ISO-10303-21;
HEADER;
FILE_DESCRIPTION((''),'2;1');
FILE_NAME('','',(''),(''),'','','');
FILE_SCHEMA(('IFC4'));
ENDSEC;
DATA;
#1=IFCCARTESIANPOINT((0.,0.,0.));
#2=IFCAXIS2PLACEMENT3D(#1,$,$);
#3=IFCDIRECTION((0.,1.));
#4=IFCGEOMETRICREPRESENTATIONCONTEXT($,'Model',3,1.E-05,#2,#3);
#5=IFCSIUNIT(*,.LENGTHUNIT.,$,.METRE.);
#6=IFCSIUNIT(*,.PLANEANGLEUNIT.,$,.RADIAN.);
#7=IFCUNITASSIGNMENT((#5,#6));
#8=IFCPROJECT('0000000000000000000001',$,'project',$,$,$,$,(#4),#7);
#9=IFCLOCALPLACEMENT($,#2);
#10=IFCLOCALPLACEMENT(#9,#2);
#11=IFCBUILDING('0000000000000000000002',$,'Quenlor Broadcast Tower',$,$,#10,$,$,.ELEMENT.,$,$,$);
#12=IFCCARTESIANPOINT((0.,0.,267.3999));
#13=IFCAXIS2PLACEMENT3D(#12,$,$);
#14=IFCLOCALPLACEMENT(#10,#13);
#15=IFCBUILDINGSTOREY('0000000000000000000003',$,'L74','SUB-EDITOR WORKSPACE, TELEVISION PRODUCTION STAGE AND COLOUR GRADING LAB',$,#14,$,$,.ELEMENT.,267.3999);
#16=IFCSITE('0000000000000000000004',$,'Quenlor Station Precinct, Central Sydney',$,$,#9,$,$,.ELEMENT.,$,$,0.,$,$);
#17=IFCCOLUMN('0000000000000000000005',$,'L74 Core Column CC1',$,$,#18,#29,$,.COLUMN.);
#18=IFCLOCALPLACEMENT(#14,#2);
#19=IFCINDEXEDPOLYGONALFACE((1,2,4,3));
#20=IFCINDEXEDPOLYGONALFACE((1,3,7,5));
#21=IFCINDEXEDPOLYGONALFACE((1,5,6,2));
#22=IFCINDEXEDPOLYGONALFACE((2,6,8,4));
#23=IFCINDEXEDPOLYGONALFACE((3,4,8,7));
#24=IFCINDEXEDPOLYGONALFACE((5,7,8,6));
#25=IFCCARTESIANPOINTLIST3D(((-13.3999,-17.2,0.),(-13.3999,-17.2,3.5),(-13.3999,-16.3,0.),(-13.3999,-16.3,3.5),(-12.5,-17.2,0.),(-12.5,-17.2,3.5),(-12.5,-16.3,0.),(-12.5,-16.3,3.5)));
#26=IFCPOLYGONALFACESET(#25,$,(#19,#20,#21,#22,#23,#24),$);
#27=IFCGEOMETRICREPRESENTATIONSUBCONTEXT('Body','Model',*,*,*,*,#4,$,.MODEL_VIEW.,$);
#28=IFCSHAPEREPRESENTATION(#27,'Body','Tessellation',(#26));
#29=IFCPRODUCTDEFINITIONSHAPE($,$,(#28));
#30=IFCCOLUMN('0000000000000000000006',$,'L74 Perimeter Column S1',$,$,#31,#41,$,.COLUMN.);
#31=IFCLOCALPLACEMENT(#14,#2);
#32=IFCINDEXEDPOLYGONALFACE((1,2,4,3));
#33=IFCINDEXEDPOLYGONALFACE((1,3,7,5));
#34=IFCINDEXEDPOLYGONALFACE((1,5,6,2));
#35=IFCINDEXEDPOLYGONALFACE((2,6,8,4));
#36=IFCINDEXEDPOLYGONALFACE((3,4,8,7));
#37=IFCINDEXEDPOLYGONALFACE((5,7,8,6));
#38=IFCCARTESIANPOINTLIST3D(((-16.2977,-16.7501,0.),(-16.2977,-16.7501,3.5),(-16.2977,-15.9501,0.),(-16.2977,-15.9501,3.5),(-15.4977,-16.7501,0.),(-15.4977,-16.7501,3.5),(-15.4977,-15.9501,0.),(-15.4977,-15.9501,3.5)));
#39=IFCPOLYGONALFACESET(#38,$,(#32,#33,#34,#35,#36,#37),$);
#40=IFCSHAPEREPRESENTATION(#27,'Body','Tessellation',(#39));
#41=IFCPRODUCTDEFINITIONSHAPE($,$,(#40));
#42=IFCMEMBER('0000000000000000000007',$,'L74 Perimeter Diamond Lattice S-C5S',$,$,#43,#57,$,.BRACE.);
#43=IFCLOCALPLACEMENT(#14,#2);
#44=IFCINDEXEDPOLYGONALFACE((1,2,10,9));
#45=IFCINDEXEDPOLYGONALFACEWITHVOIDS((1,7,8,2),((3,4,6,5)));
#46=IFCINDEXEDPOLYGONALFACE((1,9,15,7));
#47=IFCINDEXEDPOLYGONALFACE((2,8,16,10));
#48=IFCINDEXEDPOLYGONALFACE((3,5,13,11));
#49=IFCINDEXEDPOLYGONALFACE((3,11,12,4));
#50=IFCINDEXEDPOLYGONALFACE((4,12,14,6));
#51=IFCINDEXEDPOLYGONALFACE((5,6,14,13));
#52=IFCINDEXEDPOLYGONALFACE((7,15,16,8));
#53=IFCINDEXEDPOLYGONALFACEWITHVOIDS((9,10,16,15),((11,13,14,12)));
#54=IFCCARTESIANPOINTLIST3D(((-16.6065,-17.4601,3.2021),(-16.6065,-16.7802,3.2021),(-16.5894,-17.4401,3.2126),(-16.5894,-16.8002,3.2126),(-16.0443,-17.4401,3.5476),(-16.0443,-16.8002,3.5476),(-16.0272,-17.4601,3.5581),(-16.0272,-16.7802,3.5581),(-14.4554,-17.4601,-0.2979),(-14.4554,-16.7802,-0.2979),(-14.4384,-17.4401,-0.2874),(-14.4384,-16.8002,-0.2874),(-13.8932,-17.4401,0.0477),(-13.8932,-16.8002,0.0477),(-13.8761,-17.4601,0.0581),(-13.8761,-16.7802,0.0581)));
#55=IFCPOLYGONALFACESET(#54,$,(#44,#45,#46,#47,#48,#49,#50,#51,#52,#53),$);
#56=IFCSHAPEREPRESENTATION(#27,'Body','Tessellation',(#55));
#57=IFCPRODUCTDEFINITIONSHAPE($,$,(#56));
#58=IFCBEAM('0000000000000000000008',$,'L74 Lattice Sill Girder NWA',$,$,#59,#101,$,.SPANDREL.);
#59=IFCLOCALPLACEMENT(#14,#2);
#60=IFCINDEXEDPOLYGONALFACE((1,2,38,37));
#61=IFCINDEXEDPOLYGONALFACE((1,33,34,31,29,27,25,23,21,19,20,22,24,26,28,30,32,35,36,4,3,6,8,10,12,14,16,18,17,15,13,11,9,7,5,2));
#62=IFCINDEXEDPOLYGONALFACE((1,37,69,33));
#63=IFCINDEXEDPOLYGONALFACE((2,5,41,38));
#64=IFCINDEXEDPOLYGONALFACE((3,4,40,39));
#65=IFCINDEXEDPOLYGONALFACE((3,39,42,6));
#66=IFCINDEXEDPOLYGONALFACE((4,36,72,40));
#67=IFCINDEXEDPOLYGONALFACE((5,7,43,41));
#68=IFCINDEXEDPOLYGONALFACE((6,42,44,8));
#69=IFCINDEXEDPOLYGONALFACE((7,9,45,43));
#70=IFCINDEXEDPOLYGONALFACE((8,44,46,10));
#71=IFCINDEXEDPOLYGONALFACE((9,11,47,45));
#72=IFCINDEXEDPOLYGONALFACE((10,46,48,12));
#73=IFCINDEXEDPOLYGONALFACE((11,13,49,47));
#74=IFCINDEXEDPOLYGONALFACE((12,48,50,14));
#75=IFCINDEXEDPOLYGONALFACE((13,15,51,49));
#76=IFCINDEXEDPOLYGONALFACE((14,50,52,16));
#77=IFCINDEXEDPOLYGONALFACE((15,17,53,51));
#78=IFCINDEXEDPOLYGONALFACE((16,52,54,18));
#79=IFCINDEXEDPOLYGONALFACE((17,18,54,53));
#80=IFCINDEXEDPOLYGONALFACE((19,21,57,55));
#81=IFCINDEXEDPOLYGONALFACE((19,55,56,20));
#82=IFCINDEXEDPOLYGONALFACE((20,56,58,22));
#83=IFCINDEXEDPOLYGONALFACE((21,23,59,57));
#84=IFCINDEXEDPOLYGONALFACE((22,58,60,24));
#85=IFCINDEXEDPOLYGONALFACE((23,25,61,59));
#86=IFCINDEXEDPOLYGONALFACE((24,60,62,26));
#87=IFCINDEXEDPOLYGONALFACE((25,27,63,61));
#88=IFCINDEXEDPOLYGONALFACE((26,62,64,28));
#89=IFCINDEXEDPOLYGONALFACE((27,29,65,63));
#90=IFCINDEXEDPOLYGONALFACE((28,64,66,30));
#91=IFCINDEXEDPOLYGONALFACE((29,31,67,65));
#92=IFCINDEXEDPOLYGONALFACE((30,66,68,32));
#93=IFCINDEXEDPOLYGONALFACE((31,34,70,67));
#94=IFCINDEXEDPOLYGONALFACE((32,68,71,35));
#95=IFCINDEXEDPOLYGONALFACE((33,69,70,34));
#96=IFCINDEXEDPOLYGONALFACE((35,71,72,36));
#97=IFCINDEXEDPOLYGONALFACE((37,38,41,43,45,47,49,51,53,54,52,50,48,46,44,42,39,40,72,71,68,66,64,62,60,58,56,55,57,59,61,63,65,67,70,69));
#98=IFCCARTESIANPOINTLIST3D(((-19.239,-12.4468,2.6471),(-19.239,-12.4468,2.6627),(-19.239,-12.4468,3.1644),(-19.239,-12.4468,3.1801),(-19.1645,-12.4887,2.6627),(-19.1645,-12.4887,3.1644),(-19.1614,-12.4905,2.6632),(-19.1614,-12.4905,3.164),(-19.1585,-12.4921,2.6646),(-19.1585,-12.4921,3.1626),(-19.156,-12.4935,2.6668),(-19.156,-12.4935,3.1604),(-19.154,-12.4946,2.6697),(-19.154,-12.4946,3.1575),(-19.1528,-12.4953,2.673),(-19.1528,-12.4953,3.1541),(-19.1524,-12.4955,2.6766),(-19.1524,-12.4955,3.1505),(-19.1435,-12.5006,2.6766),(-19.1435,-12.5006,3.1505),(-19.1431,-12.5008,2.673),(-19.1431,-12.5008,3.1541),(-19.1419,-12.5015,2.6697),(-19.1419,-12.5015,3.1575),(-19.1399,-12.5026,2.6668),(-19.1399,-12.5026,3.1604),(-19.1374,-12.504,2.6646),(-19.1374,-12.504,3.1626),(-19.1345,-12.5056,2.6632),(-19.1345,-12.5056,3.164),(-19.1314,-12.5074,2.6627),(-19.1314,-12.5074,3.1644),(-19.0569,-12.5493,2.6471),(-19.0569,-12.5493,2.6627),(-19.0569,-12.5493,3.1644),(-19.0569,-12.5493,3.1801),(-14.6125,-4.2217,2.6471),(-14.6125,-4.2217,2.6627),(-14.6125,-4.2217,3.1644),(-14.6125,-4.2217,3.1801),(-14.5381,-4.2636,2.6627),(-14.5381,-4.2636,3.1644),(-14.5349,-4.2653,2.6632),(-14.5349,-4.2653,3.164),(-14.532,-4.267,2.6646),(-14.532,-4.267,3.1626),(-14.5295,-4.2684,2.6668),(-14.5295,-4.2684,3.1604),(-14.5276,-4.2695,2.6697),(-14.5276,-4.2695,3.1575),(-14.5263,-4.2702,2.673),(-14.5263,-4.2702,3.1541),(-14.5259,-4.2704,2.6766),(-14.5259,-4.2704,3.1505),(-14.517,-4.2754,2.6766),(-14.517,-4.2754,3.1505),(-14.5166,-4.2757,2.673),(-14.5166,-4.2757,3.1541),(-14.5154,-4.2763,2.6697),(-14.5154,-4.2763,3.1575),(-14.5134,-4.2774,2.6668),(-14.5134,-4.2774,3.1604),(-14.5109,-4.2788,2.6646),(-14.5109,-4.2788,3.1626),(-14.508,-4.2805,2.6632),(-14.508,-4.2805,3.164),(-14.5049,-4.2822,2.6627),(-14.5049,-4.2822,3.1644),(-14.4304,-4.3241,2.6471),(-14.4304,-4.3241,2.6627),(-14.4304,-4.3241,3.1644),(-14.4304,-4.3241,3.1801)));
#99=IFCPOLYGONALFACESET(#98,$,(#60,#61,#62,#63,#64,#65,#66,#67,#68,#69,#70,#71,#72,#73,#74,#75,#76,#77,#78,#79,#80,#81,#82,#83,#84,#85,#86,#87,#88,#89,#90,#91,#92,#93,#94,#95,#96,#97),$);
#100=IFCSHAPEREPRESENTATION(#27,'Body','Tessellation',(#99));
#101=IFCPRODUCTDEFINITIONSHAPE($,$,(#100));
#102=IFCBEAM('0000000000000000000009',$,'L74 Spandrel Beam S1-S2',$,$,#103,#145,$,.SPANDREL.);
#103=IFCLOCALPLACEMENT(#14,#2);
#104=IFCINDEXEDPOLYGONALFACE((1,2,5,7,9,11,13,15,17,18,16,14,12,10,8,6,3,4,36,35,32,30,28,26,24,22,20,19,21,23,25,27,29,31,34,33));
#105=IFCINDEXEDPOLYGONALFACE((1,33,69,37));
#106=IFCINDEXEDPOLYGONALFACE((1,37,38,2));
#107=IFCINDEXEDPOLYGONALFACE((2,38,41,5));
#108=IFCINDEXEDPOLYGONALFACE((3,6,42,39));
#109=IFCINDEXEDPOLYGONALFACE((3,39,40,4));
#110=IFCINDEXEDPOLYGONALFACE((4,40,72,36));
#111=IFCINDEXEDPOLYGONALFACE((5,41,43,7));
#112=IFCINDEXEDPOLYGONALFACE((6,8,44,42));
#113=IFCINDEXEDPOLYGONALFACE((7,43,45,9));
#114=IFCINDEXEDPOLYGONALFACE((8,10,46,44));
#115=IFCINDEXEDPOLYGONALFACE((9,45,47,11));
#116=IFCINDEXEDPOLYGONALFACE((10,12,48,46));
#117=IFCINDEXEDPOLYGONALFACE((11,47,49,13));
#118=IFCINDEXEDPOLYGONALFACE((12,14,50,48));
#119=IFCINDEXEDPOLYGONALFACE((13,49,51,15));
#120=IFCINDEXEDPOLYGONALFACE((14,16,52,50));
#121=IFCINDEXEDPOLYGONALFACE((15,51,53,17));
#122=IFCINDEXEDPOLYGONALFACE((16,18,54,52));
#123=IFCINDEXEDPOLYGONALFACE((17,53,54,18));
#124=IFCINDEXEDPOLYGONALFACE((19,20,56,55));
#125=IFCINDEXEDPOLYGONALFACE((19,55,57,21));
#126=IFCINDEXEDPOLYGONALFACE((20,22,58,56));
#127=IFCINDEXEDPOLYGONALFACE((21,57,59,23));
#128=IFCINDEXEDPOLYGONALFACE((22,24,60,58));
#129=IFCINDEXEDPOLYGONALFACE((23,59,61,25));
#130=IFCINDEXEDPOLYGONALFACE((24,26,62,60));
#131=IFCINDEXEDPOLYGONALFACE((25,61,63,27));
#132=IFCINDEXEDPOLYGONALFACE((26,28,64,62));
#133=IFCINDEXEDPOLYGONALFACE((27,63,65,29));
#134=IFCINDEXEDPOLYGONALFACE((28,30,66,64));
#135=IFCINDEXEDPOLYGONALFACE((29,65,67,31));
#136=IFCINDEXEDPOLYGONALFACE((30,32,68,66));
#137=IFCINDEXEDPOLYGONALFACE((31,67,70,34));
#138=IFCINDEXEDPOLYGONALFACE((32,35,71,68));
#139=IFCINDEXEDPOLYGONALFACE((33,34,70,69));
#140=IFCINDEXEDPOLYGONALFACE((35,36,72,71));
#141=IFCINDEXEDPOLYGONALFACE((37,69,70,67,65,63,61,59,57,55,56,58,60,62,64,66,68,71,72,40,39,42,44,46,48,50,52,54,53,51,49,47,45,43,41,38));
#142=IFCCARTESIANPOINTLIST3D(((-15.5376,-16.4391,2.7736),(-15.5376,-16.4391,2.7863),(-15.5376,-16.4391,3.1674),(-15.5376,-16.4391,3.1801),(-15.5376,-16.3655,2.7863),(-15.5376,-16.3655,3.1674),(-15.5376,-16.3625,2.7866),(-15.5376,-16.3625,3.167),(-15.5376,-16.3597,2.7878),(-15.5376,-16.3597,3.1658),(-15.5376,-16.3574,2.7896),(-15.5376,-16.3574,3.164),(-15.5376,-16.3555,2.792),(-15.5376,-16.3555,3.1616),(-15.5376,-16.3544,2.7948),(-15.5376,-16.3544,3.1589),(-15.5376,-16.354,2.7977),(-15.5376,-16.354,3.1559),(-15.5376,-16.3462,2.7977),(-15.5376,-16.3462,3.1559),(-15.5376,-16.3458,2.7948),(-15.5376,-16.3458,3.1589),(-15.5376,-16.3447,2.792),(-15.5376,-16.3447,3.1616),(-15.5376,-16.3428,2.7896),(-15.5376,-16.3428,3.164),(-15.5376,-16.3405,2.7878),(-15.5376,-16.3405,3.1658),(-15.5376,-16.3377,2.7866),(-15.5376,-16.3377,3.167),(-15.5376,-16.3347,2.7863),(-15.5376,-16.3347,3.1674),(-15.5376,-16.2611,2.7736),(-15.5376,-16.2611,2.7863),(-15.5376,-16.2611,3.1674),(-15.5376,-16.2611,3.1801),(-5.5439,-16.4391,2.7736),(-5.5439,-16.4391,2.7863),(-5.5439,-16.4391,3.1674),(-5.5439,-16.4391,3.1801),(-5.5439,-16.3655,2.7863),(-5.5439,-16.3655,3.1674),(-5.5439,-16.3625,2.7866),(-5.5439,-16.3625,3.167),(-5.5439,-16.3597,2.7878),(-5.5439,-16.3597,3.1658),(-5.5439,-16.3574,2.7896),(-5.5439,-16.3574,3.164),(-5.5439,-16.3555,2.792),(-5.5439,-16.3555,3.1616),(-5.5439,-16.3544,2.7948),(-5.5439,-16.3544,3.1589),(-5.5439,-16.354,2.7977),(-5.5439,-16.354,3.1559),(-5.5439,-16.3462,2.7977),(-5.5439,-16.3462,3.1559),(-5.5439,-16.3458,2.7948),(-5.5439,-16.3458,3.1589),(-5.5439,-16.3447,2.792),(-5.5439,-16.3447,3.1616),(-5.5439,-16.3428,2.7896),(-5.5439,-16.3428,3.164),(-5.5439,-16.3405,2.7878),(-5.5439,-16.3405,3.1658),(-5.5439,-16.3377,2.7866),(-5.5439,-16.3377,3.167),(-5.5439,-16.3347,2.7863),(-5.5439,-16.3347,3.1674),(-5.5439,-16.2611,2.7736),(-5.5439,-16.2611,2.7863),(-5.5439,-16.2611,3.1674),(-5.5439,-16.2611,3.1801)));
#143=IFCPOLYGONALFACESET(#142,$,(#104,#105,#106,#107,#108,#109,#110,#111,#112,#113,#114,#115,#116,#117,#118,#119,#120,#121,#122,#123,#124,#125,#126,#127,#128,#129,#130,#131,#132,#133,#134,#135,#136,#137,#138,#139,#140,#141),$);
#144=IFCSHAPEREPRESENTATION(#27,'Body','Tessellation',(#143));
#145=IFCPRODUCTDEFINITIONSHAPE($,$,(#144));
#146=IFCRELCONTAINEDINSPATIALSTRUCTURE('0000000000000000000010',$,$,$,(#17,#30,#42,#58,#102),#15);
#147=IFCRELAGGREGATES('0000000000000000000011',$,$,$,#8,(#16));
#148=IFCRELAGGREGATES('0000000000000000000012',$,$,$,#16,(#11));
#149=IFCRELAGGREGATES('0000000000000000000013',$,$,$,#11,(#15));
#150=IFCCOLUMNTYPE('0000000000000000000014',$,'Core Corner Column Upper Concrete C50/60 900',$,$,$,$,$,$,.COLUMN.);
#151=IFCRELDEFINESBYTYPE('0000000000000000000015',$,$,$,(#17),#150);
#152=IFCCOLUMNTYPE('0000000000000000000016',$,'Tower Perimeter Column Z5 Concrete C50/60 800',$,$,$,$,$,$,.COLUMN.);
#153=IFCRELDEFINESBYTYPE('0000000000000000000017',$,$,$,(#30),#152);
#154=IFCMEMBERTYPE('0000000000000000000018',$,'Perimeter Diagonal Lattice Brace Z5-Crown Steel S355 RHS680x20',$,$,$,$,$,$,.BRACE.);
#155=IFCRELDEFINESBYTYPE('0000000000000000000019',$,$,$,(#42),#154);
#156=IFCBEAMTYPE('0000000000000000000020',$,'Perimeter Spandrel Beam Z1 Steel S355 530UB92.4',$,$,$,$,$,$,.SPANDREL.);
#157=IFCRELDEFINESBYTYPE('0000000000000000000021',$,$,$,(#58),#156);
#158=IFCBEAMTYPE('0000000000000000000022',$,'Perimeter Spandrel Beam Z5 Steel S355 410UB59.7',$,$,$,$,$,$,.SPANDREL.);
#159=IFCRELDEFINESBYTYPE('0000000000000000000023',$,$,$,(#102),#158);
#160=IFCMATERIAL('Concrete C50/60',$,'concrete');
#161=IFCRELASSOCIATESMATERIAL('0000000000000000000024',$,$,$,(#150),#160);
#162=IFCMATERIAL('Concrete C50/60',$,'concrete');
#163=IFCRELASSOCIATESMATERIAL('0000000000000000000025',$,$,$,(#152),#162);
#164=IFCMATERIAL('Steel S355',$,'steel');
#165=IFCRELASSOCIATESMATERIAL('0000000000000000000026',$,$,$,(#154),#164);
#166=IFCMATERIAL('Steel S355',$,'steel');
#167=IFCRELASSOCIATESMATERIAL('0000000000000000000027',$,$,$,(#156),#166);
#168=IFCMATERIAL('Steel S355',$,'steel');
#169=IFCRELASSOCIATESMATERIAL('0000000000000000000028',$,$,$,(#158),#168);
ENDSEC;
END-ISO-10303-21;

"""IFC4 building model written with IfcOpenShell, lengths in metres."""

from ifc_helpers import new_model, si_unit, direction, frame, origin, origin_2d, place, context, subcontext, project, spatial, rectangle, hollow_rectangle, i_section, extrude, material, material_profile, profile_set, type_object, element, save


model = new_model("IFC4")

# Units and contexts
model_context = context("Model", 3, precision=1e-05, world=origin(), true_north=direction((0.0, 1.0)))
body_context = subcontext(model_context, "Body", "Model", "MODEL_VIEW")
ifc_project = project(units=[si_unit("LENGTHUNIT", "METRE"), si_unit("PLANEANGLEUNIT", "RADIAN")], contexts=[model_context])

# Site, building, storey
site_placement = place(None, origin())
site = spatial("IfcSite", under=ifc_project, at=site_placement, Name="Quenlor Station Precinct, Central Sydney", CompositionType="ELEMENT", RefElevation=0.0)
building_placement = place(site_placement, origin())
building = spatial("IfcBuilding", under=site, at=building_placement, Name="Quenlor Broadcast Tower", CompositionType="ELEMENT")
storey_placement = place(building_placement, frame((0.0, 0.0, 267.3999)))
storey = spatial("IfcBuildingStorey", under=building, at=storey_placement, Name="L74", Description="SUB-EDITOR WORKSPACE, TELEVISION PRODUCTION STAGE AND COLOUR GRADING LAB", CompositionType="ELEMENT", Elevation=267.3999)

# Columns
ifc_material_1 = material(Name="Concrete C50/60", Category="concrete")
ifc_material_profile_1 = material_profile(ifc_material_1, rectangle(XDim=0.8999, YDim=0.8999, at=origin_2d()))
ifc_profile_set_1 = profile_set([ifc_material_profile_1], Name="Concrete C50/60 RC900x900")
column_type_1 = type_object("IfcColumnType", Name="Core Corner Column Upper Concrete C50/60 900", PredefinedType="COLUMN", material=ifc_profile_set_1)
column_1_placement = place(storey_placement, frame((-12.95, -16.75, 0.0), z_axis=(0.0, 0.0, 1.0), x_axis=(1.0, 0.0, 0.0)))
element("IfcColumn", 1, at=column_1_placement, inside=storey, type_object=column_type_1, Name="L74 Core Column CC1", PredefinedType="COLUMN", context=body_context, shape_type="SweptSolid", body=[
    extrude(rectangle(XDim=0.8999, YDim=0.8999, at=origin_2d()), origin(), (0.0, 0.0, 1.0), 3.5),
])
ifc_material_2 = material(Name="Concrete C50/60", Category="concrete")
ifc_material_profile_2 = material_profile(ifc_material_2, rectangle(XDim=0.8, YDim=0.8, at=origin_2d()))
ifc_profile_set_2 = profile_set([ifc_material_profile_2], Name="Concrete C50/60 RC800x800")
column_type_2 = type_object("IfcColumnType", Name="Tower Perimeter Column Z5 Concrete C50/60 800", PredefinedType="COLUMN", material=ifc_profile_set_2)
column_2_placement = place(storey_placement, frame((-15.8977, -16.3501, 0.0), z_axis=(0.0, 0.0, 1.0), x_axis=(0.0, 1.0, 0.0)))
element("IfcColumn", 2, at=column_2_placement, inside=storey, type_object=column_type_2, Name="L74 Perimeter Column S1", PredefinedType="COLUMN", context=body_context, shape_type="SweptSolid", body=[
    extrude(rectangle(XDim=0.8, YDim=0.8, at=origin_2d()), origin(), (0.0, 0.0, 1.0), 3.5),
])

# Member
ifc_material_3 = material(Name="Steel S355", Category="steel")
ifc_material_profile_3 = material_profile(ifc_material_3, hollow_rectangle(XDim=0.6799, YDim=0.6799, WallThickness=0.02, at=origin_2d()))
ifc_profile_set_3 = profile_set([ifc_material_profile_3], Name="Steel S355 RHS680x680x20")
member_type = type_object("IfcMemberType", Name="Perimeter Diagonal Lattice Brace Z5-Crown Steel S355 RHS680x20", PredefinedType="BRACE", material=ifc_profile_set_3)
member_placement = place(storey_placement, frame((-14.1658, -17.1201, -0.1199), z_axis=(-0.523617, 0.0, 0.851954), x_axis=(0.0, -1.0, 0.0)))
element("IfcMember", 3, at=member_placement, inside=storey, type_object=member_type, Name="L74 Perimeter Diamond Lattice S-C5S", PredefinedType="BRACE", context=body_context, shape_type="SweptSolid", body=[
    extrude(hollow_rectangle(XDim=0.6799, YDim=0.6799, WallThickness=0.02, at=origin_2d()), origin(), (0.0, 0.0, 1.0), 4.1082),
])

# Beams
ifc_material_4 = material(Name="Steel S355", Category="steel")
ifc_material_profile_4 = material_profile(ifc_material_4, i_section(OverallWidth=0.209, OverallDepth=0.533, WebThickness=0.0103, FlangeThickness=0.0156, FilletRadius=0.0139, at=origin_2d()))
ifc_profile_set_4 = profile_set([ifc_material_profile_4], Name="Steel S355 530UB92.4")
beam_type_1 = type_object("IfcBeamType", Name="Perimeter Spandrel Beam Z1 Steel S355 530UB92.4", PredefinedType="SPANDREL", material=ifc_profile_set_4)
beam_1_placement = place(storey_placement, frame((-19.1479, -12.498, 2.9136), z_axis=(0.490249, 0.871582, 0.0), x_axis=(-0.871582, 0.490249, 0.0)))
element("IfcBeam", 4, at=beam_1_placement, inside=storey, type_object=beam_type_1, Name="L74 Lattice Sill Girder NWA", PredefinedType="SPANDREL", context=body_context, shape_type="SweptSolid", body=[
    extrude(i_section(OverallWidth=0.209, OverallDepth=0.533, WebThickness=0.0103, FlangeThickness=0.0156, FilletRadius=0.0139, at=origin_2d()), origin(), (0.0, 0.0, 1.0), 9.437),
])
ifc_material_5 = material(Name="Steel S355", Category="steel")
ifc_material_profile_5 = material_profile(ifc_material_5, i_section(OverallWidth=0.178, OverallDepth=0.4065, WebThickness=0.0078, FlangeThickness=0.0127, FilletRadius=0.0115, at=origin_2d()))
ifc_profile_set_5 = profile_set([ifc_material_profile_5], Name="Steel S355 410UB59.7")
beam_type_2 = type_object("IfcBeamType", Name="Perimeter Spandrel Beam Z5 Steel S355 410UB59.7", PredefinedType="SPANDREL", material=ifc_profile_set_5)
beam_2_placement = place(storey_placement, frame((-15.5376, -16.3501, 2.9768), z_axis=(1.0, 0.0, 0.0), x_axis=(0.0, 1.0, 0.0)))
element("IfcBeam", 5, at=beam_2_placement, inside=storey, type_object=beam_type_2, Name="L74 Spandrel Beam S1-S2", PredefinedType="SPANDREL", context=body_context, shape_type="SweptSolid", body=[
    extrude(i_section(OverallWidth=0.178, OverallDepth=0.4065, WebThickness=0.0078, FlangeThickness=0.0127, FilletRadius=0.0115, at=origin_2d()), origin(), (0.0, 0.0, 1.0), 9.9937),
])

save(model, "model.ifc")
